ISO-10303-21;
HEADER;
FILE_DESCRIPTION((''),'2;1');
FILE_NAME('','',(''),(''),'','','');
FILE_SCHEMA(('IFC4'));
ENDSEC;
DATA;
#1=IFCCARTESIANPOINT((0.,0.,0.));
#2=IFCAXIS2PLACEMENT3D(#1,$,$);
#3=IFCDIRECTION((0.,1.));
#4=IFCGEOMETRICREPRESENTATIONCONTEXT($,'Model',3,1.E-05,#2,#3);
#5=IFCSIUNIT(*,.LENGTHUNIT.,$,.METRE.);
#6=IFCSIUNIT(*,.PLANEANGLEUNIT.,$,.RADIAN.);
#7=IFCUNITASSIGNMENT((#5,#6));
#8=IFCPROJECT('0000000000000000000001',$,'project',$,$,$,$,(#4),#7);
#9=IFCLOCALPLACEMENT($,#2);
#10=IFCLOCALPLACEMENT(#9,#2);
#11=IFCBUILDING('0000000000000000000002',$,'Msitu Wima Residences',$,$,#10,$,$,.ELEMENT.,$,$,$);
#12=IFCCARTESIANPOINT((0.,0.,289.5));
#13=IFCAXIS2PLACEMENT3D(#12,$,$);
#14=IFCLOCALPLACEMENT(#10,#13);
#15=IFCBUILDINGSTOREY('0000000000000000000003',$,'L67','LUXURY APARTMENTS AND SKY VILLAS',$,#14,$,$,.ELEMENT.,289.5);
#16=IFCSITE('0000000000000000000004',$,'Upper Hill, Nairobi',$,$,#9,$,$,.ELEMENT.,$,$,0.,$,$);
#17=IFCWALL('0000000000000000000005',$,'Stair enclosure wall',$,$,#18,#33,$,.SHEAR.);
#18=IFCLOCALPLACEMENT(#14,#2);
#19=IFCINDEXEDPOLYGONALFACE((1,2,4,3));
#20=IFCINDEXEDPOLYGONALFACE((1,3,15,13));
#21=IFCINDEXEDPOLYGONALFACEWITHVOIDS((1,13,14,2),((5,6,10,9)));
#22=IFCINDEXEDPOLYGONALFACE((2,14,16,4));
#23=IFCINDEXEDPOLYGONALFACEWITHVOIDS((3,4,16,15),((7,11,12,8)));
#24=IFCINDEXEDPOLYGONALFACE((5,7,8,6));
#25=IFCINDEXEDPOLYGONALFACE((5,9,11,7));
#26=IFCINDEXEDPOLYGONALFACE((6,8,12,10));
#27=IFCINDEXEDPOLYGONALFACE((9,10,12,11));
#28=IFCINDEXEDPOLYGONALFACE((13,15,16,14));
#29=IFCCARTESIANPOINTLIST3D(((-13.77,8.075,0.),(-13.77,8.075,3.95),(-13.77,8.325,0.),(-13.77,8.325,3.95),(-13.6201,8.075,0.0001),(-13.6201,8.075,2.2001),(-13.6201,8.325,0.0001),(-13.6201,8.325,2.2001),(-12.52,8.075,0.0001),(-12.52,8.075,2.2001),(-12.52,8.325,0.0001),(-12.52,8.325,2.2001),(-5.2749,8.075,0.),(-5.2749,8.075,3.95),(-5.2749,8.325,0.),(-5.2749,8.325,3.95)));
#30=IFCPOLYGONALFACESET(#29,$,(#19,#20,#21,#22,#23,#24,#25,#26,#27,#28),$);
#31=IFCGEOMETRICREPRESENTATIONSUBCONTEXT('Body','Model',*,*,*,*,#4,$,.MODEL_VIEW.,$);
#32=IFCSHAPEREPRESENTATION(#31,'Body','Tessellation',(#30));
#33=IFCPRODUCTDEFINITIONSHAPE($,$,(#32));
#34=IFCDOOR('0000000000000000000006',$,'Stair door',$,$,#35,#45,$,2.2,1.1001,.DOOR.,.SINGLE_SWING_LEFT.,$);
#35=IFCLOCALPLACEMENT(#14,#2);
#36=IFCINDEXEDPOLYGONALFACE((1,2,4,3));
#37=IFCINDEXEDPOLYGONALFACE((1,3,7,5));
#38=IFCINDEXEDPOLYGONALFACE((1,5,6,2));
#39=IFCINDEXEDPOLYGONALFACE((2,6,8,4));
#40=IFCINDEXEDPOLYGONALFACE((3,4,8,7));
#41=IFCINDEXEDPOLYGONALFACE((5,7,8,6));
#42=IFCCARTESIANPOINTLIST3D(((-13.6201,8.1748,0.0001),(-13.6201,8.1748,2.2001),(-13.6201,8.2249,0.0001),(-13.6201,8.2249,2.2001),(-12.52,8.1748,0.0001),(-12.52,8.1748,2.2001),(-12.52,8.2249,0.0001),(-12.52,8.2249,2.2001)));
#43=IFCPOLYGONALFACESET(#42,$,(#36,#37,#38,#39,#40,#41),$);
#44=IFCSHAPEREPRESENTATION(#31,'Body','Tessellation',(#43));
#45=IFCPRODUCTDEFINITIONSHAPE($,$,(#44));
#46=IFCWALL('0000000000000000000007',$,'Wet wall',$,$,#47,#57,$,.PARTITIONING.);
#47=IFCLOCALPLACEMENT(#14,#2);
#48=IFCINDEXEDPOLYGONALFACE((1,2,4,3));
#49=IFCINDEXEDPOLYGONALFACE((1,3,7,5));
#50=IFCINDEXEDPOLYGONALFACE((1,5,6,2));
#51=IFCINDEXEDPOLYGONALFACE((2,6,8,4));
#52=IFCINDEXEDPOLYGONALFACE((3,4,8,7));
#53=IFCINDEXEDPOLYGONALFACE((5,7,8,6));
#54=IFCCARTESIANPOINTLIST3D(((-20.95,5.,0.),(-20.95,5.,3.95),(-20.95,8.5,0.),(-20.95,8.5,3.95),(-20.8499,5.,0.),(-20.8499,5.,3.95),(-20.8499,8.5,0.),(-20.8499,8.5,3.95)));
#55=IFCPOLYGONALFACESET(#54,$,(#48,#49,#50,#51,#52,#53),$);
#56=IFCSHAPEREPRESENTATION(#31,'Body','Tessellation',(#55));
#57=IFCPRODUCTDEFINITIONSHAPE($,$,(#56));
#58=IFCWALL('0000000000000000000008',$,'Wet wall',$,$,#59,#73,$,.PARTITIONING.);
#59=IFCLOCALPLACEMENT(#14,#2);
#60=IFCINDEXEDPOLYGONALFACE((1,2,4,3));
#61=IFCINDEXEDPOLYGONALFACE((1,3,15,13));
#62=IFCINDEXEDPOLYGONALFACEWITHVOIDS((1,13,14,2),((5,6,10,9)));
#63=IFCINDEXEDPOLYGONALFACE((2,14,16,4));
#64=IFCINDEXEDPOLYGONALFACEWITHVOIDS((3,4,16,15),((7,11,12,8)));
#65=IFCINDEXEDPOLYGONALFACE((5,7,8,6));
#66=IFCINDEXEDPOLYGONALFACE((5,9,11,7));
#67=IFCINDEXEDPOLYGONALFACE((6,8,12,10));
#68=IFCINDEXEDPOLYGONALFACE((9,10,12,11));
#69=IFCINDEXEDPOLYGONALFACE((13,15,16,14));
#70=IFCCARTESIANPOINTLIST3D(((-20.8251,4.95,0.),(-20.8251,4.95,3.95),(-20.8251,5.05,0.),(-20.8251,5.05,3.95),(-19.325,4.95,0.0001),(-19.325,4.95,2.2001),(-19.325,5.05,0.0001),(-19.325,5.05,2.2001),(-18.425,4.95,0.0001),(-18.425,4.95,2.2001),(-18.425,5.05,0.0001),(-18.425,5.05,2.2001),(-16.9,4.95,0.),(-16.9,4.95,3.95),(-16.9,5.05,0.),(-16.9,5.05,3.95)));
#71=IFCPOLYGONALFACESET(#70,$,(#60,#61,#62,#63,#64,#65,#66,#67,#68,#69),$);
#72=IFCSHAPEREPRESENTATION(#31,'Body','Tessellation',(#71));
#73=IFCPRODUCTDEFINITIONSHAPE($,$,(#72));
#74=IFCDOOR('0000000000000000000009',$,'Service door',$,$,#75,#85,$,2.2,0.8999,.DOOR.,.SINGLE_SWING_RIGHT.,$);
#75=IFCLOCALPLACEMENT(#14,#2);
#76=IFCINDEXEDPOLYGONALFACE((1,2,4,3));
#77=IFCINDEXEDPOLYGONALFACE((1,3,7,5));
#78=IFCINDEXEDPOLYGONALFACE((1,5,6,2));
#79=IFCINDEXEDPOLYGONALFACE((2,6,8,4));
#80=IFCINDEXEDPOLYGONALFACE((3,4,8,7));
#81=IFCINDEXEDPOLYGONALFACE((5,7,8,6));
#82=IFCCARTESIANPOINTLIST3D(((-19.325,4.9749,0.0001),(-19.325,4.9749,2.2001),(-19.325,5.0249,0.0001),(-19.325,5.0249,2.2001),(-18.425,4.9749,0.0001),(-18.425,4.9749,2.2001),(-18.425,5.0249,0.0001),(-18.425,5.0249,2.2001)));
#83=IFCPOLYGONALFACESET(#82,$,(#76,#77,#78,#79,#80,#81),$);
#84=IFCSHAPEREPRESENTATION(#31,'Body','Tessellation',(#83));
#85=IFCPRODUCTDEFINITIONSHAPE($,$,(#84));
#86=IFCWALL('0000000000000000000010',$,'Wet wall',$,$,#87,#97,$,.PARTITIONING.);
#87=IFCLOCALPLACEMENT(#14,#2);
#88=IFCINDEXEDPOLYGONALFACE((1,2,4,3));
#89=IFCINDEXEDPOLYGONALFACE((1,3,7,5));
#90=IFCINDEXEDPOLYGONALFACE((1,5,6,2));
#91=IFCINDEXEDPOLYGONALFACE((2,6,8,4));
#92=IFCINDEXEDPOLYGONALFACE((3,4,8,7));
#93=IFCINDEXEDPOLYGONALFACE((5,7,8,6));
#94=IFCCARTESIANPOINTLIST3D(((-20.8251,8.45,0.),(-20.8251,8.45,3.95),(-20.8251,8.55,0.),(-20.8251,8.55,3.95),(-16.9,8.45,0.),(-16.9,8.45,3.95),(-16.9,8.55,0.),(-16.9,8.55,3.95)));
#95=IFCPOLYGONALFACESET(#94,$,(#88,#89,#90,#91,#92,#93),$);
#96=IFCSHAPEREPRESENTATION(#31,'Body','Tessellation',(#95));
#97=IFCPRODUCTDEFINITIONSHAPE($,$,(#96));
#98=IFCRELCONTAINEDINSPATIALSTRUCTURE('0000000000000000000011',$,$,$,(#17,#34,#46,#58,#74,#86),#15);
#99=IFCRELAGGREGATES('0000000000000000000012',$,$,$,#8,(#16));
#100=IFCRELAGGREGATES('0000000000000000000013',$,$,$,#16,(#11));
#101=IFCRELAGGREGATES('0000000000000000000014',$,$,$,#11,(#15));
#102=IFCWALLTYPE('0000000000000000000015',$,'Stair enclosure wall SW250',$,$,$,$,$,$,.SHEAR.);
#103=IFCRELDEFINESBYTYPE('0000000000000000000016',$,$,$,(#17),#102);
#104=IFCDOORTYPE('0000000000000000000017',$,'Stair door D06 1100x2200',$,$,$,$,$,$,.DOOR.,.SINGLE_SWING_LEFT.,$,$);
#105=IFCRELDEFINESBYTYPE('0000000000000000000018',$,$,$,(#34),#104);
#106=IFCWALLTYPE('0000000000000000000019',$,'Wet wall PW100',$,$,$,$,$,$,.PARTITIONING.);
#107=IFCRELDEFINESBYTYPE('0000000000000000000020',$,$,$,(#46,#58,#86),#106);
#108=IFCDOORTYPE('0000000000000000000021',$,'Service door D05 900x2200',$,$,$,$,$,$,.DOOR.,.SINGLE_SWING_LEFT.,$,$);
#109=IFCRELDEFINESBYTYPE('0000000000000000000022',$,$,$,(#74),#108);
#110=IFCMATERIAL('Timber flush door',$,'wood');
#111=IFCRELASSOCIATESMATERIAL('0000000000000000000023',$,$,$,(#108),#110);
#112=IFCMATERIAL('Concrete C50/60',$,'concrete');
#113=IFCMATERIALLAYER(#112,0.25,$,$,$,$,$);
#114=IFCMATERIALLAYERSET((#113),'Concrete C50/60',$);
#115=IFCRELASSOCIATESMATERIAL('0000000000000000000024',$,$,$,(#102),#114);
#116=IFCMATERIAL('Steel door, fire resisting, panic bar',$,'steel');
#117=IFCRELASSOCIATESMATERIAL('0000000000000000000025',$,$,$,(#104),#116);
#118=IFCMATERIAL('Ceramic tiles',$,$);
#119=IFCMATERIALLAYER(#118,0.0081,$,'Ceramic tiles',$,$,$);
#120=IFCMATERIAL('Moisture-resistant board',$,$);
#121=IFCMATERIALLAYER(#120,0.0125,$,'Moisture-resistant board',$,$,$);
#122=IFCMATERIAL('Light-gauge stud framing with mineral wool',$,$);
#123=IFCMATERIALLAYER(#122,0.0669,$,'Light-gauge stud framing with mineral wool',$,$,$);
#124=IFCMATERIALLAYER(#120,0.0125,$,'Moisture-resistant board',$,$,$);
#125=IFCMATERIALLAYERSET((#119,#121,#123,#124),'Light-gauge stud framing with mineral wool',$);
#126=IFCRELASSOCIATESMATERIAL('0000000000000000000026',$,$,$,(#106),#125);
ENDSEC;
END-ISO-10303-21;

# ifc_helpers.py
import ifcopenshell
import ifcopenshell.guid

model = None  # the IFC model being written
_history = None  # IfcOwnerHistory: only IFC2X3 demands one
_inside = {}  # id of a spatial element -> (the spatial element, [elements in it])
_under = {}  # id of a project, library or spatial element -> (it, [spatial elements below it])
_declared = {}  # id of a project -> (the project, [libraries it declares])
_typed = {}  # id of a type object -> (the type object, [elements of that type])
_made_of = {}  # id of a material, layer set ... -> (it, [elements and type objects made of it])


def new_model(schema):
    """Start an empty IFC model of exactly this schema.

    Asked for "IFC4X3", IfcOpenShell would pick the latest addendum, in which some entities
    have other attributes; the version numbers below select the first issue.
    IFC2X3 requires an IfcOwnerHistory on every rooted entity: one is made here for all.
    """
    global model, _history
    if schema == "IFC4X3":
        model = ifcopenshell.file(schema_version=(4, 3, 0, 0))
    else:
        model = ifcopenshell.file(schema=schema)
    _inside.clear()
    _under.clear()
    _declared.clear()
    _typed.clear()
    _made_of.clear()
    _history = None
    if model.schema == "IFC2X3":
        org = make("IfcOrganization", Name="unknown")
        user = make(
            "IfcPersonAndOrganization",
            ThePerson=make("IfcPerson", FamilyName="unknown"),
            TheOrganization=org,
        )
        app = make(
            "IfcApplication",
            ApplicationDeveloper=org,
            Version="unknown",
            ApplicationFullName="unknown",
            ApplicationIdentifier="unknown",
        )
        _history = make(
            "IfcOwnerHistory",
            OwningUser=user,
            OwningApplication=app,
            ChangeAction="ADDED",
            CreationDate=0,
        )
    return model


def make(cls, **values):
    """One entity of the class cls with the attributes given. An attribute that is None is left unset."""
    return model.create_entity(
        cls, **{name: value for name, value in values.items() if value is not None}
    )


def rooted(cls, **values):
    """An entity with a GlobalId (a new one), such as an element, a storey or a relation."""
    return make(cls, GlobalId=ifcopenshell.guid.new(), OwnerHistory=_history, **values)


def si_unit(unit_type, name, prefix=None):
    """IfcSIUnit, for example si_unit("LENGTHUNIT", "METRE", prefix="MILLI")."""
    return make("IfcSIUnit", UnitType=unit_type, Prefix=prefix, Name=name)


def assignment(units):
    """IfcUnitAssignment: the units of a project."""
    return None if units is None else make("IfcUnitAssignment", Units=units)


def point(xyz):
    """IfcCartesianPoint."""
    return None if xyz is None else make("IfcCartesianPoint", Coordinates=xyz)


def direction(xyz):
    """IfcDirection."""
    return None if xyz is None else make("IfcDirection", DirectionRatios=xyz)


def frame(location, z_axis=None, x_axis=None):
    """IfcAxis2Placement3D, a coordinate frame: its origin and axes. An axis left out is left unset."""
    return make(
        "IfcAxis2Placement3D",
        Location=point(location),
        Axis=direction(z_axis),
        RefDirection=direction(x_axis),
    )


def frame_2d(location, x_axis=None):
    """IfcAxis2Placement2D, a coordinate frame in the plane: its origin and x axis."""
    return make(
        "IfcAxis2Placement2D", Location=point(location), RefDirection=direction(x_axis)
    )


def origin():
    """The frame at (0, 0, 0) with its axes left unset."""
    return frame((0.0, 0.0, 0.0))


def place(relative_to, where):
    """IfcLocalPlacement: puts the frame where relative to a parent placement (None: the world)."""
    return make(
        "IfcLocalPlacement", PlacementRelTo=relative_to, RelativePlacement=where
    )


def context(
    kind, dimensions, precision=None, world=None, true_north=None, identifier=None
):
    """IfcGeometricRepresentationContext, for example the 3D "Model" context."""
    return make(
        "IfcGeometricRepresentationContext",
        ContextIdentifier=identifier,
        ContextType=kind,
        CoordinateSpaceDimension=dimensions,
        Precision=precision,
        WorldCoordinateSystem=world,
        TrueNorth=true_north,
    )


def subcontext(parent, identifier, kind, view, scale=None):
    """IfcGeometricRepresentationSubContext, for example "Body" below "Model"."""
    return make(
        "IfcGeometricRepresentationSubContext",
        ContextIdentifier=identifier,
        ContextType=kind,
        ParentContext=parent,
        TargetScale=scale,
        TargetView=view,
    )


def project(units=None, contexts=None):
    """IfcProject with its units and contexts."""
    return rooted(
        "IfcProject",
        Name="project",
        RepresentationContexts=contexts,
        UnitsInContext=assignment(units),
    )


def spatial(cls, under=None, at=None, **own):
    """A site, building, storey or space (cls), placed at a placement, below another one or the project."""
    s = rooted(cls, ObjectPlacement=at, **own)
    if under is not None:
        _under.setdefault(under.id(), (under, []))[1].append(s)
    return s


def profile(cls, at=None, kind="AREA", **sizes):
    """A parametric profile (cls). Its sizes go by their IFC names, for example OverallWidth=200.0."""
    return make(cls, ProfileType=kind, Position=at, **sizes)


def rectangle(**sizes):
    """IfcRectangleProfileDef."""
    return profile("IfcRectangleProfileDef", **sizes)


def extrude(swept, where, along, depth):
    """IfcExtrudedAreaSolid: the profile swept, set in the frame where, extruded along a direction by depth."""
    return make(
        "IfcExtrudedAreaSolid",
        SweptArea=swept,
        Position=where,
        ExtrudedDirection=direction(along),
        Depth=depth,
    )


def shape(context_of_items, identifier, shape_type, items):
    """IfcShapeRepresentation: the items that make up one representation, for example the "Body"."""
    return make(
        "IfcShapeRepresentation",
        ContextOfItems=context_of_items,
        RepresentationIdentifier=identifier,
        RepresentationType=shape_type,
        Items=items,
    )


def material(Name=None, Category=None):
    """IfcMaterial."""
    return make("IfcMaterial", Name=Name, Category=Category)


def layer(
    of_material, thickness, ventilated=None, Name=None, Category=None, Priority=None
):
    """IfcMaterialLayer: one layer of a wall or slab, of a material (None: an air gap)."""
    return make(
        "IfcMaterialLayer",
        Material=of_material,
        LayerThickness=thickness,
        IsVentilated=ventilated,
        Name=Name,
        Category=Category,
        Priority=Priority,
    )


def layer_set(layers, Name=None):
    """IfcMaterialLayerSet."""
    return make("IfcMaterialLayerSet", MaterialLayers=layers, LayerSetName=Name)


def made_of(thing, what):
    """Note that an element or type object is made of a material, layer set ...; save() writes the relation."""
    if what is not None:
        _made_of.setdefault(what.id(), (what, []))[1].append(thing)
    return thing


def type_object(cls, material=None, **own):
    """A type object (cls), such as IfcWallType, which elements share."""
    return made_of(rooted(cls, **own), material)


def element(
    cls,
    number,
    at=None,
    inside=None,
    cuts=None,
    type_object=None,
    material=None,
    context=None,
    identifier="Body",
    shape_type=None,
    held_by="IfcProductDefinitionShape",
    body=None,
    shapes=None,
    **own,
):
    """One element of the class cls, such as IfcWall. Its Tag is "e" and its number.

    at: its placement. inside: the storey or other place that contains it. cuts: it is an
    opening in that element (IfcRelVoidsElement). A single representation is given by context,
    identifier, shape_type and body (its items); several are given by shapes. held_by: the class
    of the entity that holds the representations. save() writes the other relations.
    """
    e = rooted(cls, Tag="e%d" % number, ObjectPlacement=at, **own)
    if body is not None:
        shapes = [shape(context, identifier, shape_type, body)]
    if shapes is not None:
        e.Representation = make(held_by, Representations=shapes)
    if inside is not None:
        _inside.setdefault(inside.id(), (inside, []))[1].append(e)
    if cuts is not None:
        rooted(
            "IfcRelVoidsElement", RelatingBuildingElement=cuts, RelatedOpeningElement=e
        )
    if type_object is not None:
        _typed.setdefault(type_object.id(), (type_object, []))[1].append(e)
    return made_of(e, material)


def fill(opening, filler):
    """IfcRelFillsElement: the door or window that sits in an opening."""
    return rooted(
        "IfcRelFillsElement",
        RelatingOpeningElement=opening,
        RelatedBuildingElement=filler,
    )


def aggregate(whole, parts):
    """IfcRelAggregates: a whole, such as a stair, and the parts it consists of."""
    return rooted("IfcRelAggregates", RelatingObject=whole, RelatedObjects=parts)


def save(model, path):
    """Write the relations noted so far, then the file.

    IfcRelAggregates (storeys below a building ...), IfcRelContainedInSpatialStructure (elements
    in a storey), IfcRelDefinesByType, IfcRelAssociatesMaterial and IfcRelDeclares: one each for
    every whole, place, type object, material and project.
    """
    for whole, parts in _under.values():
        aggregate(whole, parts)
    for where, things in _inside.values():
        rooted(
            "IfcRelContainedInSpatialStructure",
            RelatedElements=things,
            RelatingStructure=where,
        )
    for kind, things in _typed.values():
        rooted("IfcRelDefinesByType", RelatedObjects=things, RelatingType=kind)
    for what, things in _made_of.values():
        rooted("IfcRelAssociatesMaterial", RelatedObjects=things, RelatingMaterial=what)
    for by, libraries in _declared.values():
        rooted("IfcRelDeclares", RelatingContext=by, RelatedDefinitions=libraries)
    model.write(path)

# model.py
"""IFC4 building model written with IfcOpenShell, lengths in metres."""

from ifc_helpers import new_model, si_unit, direction, frame, frame_2d, origin, place, context, subcontext, project, spatial, rectangle, extrude, material, layer, layer_set, type_object, element, fill, save


model = new_model("IFC4")

# Units and contexts
model_context = context("Model", 3, precision=1e-05, world=origin(), true_north=direction((0.0, 1.0)))
body_context = subcontext(model_context, "Body", "Model", "MODEL_VIEW")
ifc_project = project(units=[si_unit("LENGTHUNIT", "METRE"), si_unit("PLANEANGLEUNIT", "RADIAN")], contexts=[model_context])

# Site, building, storey
site_placement = place(None, origin())
site = spatial("IfcSite", under=ifc_project, at=site_placement, Name="Upper Hill, Nairobi", CompositionType="ELEMENT", RefElevation=0.0)
building_placement = place(site_placement, origin())
building = spatial("IfcBuilding", under=site, at=building_placement, Name="Msitu Wima Residences", CompositionType="ELEMENT")
storey_placement = place(building_placement, frame((0.0, 0.0, 289.5)))
storey = spatial("IfcBuildingStorey", under=building, at=storey_placement, Name="L67", Description="LUXURY APARTMENTS AND SKY VILLAS", CompositionType="ELEMENT", Elevation=289.5)

# Shared definitions
ifc_material_1 = material(Name="Concrete C50/60", Category="concrete")

# Shared definitions
ifc_material_2 = material(Name="Timber flush door", Category="wood")
door_type_1 = type_object("IfcDoorType", Name="Service door D05 900x2200", OperationType="SINGLE_SWING_LEFT", PredefinedType="DOOR", material=ifc_material_2)

# Shared definitions
ifc_material_3 = material(Name="Light-gauge stud framing with mineral wool")

# Wall, opening, door
ifc_layer_1 = layer(ifc_material_1, 0.25)
ifc_layer_set_1 = layer_set([ifc_layer_1], Name="Concrete C50/60")
wall_type_1 = type_object("IfcWallType", Name="Stair enclosure wall SW250", PredefinedType="SHEAR", material=ifc_layer_set_1)
wall_1_placement = place(storey_placement, frame((-13.77, 8.2, 0.0), z_axis=(0.0, 0.0, 1.0), x_axis=(1.0, 0.0, 0.0)))
wall_1 = element("IfcWall", 1, at=wall_1_placement, inside=storey, type_object=wall_type_1, Name="Stair enclosure wall", PredefinedType="SHEAR", context=body_context, shape_type="SweptSolid", body=[
    extrude(rectangle(XDim=8.4951, YDim=0.25, at=frame_2d((4.2476, 0.0))), origin(), (0.0, 0.0, 1.0), 3.95),
])
opening_1_placement = place(wall_1_placement, frame((0.1499, 0.0, 0.0)))
opening_1 = element("IfcOpeningElement", 2, at=opening_1_placement, cuts=wall_1, PredefinedType="OPENING", context=body_context, shape_type="SweptSolid", body=[
    extrude(rectangle(XDim=1.1001, YDim=2.2, at=frame_2d((0.55, 1.1001))), frame((0.0, 0.135, 0.0), z_axis=(0.0, -1.0, 0.0), x_axis=(1.0, 0.0, 0.0)), (0.0, 0.0, 1.0), 0.27),
])
ifc_material_4 = material(Name="Steel door, fire resisting, panic bar", Category="steel")
door_type_2 = type_object("IfcDoorType", Name="Stair door D06 1100x2200", OperationType="SINGLE_SWING_LEFT", PredefinedType="DOOR", material=ifc_material_4)
door_1_placement = place(opening_1_placement, origin())
door_1 = element("IfcDoor", 3, at=door_1_placement, inside=storey, type_object=door_type_2, Name="Stair door", OperationType="SINGLE_SWING_LEFT", OverallHeight=2.2, OverallWidth=1.1001, PredefinedType="DOOR", context=body_context, shape_type="SweptSolid", body=[
    extrude(rectangle(XDim=1.1001, YDim=2.2, at=frame_2d((0.55, 1.1001))), frame((0.0, 0.0249, 0.0), z_axis=(0.0, -1.0, 0.0), x_axis=(1.0, 0.0, 0.0)), (0.0, 0.0, 1.0), 0.05),
])
fill(opening_1, door_1)

# Wall
ifc_material_5 = material(Name="Ceramic tiles")
ifc_layer_2 = layer(ifc_material_5, 0.0081, Name="Ceramic tiles")
ifc_material_6 = material(Name="Moisture-resistant board")
ifc_layer_3 = layer(ifc_material_6, 0.0125, Name="Moisture-resistant board")
ifc_layer_4 = layer(ifc_material_3, 0.0669, Name="Light-gauge stud framing with mineral wool")
ifc_layer_5 = layer(ifc_material_6, 0.0125, Name="Moisture-resistant board")
ifc_layer_set_2 = layer_set([ifc_layer_2, ifc_layer_3, ifc_layer_4, ifc_layer_5], Name="Light-gauge stud framing with mineral wool")
wall_type_2 = type_object("IfcWallType", Name="Wet wall PW100", PredefinedType="PARTITIONING", material=ifc_layer_set_2)
wall_2_placement = place(storey_placement, frame((-20.8999, 5.0, 0.0), z_axis=(0.0, 0.0, 1.0), x_axis=(0.0, 1.0, 0.0)))
element("IfcWall", 4, at=wall_2_placement, inside=storey, type_object=wall_type_2, Name="Wet wall", PredefinedType="PARTITIONING", context=body_context, shape_type="SweptSolid", body=[
    extrude(rectangle(XDim=3.5, YDim=0.1001, at=frame_2d((1.75, 0.0))), origin(), (0.0, 0.0, 1.0), 3.95),
])

# Wall, opening, door
wall_3_placement = place(storey_placement, frame((-20.825, 5.0, 0.0), z_axis=(0.0, 0.0, 1.0), x_axis=(1.0, 0.0, 0.0)))
wall_3 = element("IfcWall", 5, at=wall_3_placement, inside=storey, type_object=wall_type_2, Name="Wet wall", PredefinedType="PARTITIONING", context=body_context, shape_type="SweptSolid", body=[
    extrude(rectangle(XDim=3.925, YDim=0.1001, at=frame_2d((1.9624, 0.0))), origin(), (0.0, 0.0, 1.0), 3.95),
])
opening_2_placement = place(wall_3_placement, frame((1.5, 0.0, 0.0)))
opening_2 = element("IfcOpeningElement", 6, at=opening_2_placement, cuts=wall_3, PredefinedType="OPENING", context=body_context, shape_type="SweptSolid", body=[
    extrude(rectangle(XDim=0.8999, YDim=2.2, at=frame_2d((0.45, 1.1001))), frame((0.0, 0.0601, 0.0), z_axis=(0.0, -1.0, 0.0), x_axis=(1.0, 0.0, 0.0)), (0.0, 0.0, 1.0), 0.1201),
])
door_2_placement = place(opening_2_placement, origin())
door_2 = element("IfcDoor", 7, at=door_2_placement, inside=storey, type_object=door_type_1, Name="Service door", OperationType="SINGLE_SWING_RIGHT", OverallHeight=2.2, OverallWidth=0.8999, PredefinedType="DOOR", context=body_context, shape_type="SweptSolid", body=[
    extrude(rectangle(XDim=0.8999, YDim=2.2, at=frame_2d((0.45, 1.1001))), frame((0.0, 0.0249, 0.0), z_axis=(0.0, -1.0, 0.0), x_axis=(1.0, 0.0, 0.0)), (0.0, 0.0, 1.0), 0.05),
])
fill(opening_2, door_2)

# Wall
wall_4_placement = place(storey_placement, frame((-20.825, 8.5, 0.0), z_axis=(0.0, 0.0, 1.0), x_axis=(1.0, 0.0, 0.0)))
element("IfcWall", 8, at=wall_4_placement, inside=storey, type_object=wall_type_2, Name="Wet wall", PredefinedType="PARTITIONING", context=body_context, shape_type="SweptSolid", body=[
    extrude(rectangle(XDim=3.925, YDim=0.1001, at=frame_2d((1.9624, 0.0))), origin(), (0.0, 0.0, 1.0), 3.95),
])

save(model, "model.ifc")
